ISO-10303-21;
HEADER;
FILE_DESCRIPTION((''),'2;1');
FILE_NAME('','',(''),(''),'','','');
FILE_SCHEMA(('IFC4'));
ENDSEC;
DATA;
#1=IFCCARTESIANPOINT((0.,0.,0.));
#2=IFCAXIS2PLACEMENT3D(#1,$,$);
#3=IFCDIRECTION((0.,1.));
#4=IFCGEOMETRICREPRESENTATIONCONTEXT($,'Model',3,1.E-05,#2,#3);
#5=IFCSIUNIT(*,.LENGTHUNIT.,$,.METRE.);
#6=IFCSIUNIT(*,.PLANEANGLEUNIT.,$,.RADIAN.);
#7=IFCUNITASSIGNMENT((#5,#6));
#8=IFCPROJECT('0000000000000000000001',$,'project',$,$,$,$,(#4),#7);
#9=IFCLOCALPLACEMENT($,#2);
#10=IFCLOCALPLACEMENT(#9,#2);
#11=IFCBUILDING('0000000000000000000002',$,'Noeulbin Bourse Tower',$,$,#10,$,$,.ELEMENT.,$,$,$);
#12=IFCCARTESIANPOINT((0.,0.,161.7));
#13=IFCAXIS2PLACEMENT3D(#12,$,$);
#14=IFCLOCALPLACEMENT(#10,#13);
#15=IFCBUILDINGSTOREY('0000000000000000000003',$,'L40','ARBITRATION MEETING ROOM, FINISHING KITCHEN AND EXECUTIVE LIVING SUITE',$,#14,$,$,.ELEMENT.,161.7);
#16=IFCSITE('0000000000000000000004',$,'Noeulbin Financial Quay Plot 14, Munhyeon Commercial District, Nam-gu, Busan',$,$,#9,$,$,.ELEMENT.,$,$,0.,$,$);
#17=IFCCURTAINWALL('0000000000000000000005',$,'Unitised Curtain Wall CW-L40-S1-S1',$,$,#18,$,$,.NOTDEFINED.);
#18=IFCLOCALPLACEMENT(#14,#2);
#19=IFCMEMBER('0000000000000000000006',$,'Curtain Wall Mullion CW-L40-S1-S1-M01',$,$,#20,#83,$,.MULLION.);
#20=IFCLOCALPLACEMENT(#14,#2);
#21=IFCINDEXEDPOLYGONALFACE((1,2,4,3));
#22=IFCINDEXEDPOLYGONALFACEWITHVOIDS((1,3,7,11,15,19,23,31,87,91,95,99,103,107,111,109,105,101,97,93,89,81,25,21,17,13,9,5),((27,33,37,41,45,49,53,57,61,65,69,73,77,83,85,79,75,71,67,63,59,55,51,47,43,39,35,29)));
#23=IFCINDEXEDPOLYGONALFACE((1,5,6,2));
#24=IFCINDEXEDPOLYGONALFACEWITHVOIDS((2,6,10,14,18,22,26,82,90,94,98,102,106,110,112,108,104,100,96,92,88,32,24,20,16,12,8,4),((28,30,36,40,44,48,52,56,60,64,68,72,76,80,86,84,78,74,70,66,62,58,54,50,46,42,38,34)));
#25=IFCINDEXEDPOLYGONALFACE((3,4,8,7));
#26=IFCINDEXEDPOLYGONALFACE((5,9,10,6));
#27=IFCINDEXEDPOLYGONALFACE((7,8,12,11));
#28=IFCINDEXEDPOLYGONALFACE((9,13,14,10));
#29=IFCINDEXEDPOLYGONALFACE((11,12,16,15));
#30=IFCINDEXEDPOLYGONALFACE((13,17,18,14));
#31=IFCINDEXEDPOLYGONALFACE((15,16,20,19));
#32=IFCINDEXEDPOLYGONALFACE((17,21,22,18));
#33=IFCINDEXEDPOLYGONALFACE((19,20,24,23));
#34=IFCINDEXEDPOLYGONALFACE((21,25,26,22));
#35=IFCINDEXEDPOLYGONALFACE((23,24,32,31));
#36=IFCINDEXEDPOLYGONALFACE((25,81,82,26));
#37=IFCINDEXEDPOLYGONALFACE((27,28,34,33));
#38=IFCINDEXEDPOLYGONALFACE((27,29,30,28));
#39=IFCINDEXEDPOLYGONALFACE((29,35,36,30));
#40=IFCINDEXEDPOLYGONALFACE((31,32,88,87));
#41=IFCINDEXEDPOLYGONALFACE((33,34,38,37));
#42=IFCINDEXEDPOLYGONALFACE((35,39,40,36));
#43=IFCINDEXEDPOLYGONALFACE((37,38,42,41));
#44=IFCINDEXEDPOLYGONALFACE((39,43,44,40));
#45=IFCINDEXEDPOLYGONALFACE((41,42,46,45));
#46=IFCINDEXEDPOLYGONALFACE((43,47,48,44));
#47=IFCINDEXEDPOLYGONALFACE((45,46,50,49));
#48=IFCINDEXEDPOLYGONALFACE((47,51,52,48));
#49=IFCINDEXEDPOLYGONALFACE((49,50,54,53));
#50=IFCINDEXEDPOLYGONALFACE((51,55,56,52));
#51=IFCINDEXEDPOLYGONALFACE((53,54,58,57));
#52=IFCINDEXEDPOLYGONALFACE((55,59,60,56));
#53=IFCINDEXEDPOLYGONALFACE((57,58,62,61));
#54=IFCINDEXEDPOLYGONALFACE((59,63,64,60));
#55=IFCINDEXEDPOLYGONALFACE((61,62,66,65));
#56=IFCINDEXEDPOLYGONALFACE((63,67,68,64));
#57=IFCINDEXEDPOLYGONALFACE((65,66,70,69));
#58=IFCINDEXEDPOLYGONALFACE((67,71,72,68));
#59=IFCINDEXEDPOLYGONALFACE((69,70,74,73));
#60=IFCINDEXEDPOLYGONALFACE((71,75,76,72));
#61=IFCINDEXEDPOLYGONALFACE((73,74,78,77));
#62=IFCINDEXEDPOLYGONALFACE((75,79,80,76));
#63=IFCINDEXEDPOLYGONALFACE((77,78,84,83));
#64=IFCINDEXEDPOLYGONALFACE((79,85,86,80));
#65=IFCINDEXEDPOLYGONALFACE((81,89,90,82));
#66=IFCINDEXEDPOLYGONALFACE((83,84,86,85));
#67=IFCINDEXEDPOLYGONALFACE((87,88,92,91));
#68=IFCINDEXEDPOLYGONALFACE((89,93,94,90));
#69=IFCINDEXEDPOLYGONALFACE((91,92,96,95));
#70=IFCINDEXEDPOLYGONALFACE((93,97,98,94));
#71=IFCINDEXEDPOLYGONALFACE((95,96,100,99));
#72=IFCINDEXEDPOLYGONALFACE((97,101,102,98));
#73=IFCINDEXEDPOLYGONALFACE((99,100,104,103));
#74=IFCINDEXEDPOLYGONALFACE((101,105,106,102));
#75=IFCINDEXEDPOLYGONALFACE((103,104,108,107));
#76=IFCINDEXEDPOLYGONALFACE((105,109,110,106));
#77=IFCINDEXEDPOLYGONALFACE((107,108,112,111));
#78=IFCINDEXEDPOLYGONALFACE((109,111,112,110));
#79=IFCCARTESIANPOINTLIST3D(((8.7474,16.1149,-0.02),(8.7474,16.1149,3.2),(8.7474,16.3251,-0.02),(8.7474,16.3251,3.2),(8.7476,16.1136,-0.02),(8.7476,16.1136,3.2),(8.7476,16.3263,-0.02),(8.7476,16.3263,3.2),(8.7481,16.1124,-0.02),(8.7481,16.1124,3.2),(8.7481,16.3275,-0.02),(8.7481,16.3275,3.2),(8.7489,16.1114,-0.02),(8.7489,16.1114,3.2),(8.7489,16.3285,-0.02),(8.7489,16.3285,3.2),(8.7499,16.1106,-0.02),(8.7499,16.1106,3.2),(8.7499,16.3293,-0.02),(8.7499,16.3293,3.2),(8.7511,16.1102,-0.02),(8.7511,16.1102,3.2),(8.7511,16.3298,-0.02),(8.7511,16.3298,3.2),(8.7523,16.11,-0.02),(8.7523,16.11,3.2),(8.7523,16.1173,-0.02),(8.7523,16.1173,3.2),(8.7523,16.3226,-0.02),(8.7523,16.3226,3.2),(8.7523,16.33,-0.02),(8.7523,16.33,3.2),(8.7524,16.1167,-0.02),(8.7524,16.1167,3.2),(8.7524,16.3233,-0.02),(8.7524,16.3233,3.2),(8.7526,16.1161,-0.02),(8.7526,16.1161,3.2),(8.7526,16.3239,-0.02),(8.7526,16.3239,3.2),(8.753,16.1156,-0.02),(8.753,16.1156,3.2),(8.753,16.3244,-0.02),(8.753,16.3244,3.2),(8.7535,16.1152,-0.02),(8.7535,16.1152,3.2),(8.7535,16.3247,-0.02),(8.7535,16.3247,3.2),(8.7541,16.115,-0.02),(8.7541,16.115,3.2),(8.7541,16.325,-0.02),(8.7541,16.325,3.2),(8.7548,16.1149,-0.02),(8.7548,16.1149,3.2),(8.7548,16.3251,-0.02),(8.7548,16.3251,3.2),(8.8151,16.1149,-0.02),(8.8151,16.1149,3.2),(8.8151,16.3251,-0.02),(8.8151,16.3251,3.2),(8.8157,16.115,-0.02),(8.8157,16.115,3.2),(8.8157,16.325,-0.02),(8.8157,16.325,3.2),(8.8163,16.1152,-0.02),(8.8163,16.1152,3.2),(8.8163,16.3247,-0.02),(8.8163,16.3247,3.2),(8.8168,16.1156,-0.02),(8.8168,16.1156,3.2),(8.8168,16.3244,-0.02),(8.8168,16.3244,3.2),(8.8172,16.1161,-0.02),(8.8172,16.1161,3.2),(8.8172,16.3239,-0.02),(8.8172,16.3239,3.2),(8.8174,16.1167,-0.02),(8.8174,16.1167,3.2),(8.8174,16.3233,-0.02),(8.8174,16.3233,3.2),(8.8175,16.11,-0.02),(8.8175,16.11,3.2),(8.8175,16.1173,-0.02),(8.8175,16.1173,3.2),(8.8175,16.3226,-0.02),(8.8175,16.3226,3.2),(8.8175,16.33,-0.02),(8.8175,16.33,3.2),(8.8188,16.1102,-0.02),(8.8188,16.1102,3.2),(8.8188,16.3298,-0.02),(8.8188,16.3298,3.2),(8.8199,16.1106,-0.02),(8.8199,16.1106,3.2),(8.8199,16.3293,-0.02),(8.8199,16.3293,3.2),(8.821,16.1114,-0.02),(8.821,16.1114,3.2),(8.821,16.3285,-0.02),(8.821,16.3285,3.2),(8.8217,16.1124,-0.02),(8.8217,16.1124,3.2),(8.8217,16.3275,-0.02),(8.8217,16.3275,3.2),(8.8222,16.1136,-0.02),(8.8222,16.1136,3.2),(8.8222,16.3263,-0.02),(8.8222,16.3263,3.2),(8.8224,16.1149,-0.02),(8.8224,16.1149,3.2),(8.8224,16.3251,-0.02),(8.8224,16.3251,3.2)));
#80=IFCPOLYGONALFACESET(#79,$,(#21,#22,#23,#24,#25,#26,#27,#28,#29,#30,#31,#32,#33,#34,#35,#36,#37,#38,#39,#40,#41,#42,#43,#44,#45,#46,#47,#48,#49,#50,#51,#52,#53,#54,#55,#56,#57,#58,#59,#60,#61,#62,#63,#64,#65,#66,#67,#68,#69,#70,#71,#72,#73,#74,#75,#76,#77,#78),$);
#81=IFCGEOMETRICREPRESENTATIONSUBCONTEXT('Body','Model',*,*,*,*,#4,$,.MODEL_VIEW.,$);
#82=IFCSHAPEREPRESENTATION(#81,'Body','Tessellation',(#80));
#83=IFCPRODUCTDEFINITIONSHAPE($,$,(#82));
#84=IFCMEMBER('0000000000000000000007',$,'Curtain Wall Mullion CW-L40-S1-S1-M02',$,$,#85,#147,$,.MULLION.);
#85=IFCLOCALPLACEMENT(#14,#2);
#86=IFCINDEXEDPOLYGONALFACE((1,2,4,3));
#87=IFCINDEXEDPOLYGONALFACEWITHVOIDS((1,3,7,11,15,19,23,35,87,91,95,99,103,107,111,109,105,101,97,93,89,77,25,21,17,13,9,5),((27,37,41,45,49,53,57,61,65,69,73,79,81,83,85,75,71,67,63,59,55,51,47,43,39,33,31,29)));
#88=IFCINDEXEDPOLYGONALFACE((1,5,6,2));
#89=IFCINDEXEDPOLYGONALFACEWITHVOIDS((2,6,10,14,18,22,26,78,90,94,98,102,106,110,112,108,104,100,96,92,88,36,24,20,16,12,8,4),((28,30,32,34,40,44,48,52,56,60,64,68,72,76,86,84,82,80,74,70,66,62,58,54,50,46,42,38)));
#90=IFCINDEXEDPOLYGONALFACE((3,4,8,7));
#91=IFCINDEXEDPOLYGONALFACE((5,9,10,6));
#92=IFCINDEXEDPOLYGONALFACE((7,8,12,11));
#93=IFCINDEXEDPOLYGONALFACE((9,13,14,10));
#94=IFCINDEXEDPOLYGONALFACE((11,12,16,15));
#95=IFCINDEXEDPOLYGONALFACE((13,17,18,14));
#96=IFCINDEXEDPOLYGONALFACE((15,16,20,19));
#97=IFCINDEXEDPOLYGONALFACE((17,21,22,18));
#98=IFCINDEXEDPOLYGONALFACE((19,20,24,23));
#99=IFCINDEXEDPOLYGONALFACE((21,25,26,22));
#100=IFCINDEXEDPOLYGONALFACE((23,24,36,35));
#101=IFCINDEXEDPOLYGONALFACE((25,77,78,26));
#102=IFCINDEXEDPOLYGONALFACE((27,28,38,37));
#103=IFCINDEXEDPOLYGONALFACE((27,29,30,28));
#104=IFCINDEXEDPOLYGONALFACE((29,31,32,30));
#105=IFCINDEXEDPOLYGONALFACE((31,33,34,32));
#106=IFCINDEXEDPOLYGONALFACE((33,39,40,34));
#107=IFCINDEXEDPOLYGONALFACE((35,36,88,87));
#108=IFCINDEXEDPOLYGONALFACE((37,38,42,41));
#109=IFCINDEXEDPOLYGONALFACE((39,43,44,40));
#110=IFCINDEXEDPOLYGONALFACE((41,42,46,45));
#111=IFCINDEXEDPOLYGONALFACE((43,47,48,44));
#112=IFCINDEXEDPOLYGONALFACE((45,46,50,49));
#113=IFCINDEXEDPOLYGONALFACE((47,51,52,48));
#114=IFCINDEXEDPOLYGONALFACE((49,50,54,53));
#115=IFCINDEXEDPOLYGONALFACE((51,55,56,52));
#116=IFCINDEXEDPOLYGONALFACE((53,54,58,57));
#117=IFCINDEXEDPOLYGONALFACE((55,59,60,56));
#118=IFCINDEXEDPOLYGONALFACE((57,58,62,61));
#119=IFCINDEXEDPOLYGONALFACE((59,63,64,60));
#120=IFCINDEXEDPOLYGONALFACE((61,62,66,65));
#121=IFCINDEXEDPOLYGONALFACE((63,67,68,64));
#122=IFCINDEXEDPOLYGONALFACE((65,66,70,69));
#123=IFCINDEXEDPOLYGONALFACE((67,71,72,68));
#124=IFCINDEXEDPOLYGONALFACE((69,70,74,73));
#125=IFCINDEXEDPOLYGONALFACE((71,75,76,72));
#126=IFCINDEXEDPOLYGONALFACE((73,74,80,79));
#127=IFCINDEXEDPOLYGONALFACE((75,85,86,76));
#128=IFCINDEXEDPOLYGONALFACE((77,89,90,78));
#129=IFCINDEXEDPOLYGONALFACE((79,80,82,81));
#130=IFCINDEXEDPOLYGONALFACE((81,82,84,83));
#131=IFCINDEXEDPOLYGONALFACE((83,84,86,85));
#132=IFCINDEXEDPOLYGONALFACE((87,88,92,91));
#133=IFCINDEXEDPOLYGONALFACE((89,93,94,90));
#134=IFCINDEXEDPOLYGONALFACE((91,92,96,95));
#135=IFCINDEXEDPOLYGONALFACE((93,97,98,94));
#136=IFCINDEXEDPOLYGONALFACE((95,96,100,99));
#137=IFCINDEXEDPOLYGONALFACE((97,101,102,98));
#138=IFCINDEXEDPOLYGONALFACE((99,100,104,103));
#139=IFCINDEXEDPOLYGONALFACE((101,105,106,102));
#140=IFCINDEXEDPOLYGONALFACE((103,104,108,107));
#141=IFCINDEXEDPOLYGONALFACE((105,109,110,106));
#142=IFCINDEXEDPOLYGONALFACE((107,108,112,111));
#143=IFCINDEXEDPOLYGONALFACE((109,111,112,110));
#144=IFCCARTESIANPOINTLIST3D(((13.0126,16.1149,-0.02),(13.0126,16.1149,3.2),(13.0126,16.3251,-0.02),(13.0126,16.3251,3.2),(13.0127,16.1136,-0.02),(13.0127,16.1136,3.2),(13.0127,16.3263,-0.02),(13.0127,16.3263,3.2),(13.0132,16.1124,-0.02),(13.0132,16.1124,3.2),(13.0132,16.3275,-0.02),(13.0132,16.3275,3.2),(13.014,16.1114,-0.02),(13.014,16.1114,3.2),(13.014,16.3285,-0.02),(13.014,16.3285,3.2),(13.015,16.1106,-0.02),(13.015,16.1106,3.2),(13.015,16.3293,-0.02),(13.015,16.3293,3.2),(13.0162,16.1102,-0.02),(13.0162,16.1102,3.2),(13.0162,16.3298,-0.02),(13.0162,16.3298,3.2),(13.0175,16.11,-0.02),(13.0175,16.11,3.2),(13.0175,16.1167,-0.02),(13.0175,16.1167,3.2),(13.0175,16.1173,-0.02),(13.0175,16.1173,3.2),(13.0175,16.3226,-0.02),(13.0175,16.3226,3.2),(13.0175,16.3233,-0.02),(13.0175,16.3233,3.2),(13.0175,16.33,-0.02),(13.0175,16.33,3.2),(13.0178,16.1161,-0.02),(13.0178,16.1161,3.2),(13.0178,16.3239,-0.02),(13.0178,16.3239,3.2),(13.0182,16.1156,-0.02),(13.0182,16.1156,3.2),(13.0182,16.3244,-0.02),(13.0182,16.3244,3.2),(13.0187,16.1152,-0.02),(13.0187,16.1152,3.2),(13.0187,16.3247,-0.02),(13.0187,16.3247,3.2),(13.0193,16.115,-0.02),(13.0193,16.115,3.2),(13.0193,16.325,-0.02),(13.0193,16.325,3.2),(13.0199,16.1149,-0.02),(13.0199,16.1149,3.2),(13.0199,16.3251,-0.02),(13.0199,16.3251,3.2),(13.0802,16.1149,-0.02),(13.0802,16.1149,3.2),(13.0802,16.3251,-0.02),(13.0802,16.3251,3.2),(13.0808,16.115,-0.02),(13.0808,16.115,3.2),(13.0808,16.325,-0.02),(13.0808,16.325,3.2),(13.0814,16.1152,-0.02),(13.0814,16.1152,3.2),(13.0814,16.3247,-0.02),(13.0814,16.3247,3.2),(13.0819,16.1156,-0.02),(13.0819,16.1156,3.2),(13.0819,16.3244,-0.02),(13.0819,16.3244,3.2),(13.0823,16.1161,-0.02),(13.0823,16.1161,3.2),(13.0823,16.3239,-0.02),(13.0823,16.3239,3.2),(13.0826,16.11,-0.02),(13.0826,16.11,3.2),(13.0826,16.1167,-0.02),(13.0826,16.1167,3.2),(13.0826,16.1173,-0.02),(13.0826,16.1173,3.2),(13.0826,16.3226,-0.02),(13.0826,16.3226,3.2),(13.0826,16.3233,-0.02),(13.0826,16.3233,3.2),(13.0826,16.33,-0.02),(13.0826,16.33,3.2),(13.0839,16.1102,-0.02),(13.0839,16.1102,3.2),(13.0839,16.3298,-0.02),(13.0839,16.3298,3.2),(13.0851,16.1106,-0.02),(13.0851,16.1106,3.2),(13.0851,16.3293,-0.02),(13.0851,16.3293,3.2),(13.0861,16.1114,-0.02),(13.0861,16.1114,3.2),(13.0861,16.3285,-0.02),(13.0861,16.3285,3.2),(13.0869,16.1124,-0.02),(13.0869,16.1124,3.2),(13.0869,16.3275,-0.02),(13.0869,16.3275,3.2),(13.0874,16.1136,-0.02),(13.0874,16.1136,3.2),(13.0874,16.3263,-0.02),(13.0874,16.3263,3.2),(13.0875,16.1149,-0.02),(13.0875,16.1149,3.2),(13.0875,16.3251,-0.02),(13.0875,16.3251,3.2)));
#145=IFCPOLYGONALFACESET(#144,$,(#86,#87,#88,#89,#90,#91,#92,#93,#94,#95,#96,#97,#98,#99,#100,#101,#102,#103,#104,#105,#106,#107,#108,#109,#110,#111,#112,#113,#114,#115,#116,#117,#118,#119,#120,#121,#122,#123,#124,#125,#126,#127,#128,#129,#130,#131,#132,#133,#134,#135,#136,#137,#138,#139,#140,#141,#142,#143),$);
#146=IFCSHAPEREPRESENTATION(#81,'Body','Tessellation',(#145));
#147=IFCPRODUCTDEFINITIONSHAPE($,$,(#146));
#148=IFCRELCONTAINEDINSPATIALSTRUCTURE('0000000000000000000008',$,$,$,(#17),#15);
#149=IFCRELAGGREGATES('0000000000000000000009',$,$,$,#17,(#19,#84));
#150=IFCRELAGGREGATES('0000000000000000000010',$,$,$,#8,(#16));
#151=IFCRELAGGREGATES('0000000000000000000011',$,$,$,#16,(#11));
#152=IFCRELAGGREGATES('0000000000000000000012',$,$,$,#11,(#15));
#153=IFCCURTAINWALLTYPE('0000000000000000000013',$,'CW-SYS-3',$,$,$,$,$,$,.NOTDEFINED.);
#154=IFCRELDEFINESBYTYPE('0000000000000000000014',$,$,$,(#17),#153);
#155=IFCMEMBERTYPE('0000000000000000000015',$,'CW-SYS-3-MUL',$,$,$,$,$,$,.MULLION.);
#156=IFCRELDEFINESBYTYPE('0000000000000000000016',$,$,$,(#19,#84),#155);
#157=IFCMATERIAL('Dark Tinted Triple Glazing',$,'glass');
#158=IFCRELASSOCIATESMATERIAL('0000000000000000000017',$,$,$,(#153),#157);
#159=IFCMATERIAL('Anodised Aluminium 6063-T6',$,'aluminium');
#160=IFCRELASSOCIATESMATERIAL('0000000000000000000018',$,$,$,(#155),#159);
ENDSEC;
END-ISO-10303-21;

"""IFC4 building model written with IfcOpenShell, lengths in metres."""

from ifc_helpers import new_model, si_unit, direction, frame, origin, origin_2d, place, context, subcontext, project, spatial, hollow_rectangle, extrude, material, material_profile, profile_set, type_object, element, aggregate, save


model = new_model("IFC4")

# Units and contexts
model_context = context("Model", 3, precision=1e-05, world=origin(), true_north=direction((0.0, 1.0)))
body_context = subcontext(model_context, "Body", "Model", "MODEL_VIEW")
ifc_project = project(units=[si_unit("LENGTHUNIT", "METRE"), si_unit("PLANEANGLEUNIT", "RADIAN")], contexts=[model_context])

# Site, building, storey
site_placement = place(None, origin())
site = spatial("IfcSite", under=ifc_project, at=site_placement, Name="Noeulbin Financial Quay Plot 14, Munhyeon Commercial District, Nam-gu, Busan", CompositionType="ELEMENT", RefElevation=0.0)
building_placement = place(site_placement, origin())
building = spatial("IfcBuilding", under=site, at=building_placement, Name="Noeulbin Bourse Tower", CompositionType="ELEMENT")
storey_placement = place(building_placement, frame((0.0, 0.0, 161.7)))
storey = spatial("IfcBuildingStorey", under=building, at=storey_placement, Name="L40", Description="ARBITRATION MEETING ROOM, FINISHING KITCHEN AND EXECUTIVE LIVING SUITE", CompositionType="ELEMENT", Elevation=161.7)

# Curtain wall, members
ifc_material_1 = material(Name="Dark Tinted Triple Glazing", Category="glass")
curtain_wall_type = type_object("IfcCurtainWallType", Name="CW-SYS-3", PredefinedType="NOTDEFINED", material=ifc_material_1)
curtain_wall_1_placement = place(storey_placement, origin())
curtain_wall_1 = element("IfcCurtainWall", 1, at=curtain_wall_1_placement, inside=storey, type_object=curtain_wall_type, Name="Unitised Curtain Wall CW-L40-S1-S1", PredefinedType="NOTDEFINED")
ifc_material_2 = material(Name="Anodised Aluminium 6063-T6", Category="aluminium")
ifc_material_profile_1 = material_profile(ifc_material_2, hollow_rectangle(XDim=0.075, YDim=0.22, WallThickness=0.0049, InnerFilletRadius=0.0024, OuterFilletRadius=0.0049, at=origin_2d()), Name="ALU-MULL-75x220x5", Category="LoadBearing")
ifc_profile_set_1 = profile_set([ifc_material_profile_1], Name="Anodised Aluminium 6063-T6")
member_type_1 = type_object("IfcMemberType", Name="CW-SYS-3-MUL", PredefinedType="MULLION", material=ifc_profile_set_1)
member_1_placement = place(storey_placement, frame((8.7849, 16.22, -0.02), z_axis=(0.0, 0.0, 1.0), x_axis=(1.0, 0.0, 0.0)))
member_1 = element("IfcMember", 2, at=member_1_placement, type_object=member_type_1, Name="Curtain Wall Mullion CW-L40-S1-S1-M01", PredefinedType="MULLION", context=body_context, shape_type="SweptSolid", body=[
    extrude(hollow_rectangle(XDim=0.075, YDim=0.22, WallThickness=0.0049, InnerFilletRadius=0.0024, OuterFilletRadius=0.0049, at=origin_2d()), origin(), (0.0, 0.0, 1.0), 3.22),
])
member_2_placement = place(storey_placement, frame((13.05, 16.22, -0.02), z_axis=(0.0, 0.0, 1.0), x_axis=(1.0, 0.0, 0.0)))
member_2 = element("IfcMember", 3, at=member_2_placement, type_object=member_type_1, Name="Curtain Wall Mullion CW-L40-S1-S1-M02", PredefinedType="MULLION", context=body_context, shape_type="SweptSolid", body=[
    extrude(hollow_rectangle(XDim=0.075, YDim=0.22, WallThickness=0.0049, InnerFilletRadius=0.0024, OuterFilletRadius=0.0049, at=origin_2d()), origin(), (0.0, 0.0, 1.0), 3.22),
])

aggregate(curtain_wall_1, [member_1, member_2])

save(model, "model.ifc")
